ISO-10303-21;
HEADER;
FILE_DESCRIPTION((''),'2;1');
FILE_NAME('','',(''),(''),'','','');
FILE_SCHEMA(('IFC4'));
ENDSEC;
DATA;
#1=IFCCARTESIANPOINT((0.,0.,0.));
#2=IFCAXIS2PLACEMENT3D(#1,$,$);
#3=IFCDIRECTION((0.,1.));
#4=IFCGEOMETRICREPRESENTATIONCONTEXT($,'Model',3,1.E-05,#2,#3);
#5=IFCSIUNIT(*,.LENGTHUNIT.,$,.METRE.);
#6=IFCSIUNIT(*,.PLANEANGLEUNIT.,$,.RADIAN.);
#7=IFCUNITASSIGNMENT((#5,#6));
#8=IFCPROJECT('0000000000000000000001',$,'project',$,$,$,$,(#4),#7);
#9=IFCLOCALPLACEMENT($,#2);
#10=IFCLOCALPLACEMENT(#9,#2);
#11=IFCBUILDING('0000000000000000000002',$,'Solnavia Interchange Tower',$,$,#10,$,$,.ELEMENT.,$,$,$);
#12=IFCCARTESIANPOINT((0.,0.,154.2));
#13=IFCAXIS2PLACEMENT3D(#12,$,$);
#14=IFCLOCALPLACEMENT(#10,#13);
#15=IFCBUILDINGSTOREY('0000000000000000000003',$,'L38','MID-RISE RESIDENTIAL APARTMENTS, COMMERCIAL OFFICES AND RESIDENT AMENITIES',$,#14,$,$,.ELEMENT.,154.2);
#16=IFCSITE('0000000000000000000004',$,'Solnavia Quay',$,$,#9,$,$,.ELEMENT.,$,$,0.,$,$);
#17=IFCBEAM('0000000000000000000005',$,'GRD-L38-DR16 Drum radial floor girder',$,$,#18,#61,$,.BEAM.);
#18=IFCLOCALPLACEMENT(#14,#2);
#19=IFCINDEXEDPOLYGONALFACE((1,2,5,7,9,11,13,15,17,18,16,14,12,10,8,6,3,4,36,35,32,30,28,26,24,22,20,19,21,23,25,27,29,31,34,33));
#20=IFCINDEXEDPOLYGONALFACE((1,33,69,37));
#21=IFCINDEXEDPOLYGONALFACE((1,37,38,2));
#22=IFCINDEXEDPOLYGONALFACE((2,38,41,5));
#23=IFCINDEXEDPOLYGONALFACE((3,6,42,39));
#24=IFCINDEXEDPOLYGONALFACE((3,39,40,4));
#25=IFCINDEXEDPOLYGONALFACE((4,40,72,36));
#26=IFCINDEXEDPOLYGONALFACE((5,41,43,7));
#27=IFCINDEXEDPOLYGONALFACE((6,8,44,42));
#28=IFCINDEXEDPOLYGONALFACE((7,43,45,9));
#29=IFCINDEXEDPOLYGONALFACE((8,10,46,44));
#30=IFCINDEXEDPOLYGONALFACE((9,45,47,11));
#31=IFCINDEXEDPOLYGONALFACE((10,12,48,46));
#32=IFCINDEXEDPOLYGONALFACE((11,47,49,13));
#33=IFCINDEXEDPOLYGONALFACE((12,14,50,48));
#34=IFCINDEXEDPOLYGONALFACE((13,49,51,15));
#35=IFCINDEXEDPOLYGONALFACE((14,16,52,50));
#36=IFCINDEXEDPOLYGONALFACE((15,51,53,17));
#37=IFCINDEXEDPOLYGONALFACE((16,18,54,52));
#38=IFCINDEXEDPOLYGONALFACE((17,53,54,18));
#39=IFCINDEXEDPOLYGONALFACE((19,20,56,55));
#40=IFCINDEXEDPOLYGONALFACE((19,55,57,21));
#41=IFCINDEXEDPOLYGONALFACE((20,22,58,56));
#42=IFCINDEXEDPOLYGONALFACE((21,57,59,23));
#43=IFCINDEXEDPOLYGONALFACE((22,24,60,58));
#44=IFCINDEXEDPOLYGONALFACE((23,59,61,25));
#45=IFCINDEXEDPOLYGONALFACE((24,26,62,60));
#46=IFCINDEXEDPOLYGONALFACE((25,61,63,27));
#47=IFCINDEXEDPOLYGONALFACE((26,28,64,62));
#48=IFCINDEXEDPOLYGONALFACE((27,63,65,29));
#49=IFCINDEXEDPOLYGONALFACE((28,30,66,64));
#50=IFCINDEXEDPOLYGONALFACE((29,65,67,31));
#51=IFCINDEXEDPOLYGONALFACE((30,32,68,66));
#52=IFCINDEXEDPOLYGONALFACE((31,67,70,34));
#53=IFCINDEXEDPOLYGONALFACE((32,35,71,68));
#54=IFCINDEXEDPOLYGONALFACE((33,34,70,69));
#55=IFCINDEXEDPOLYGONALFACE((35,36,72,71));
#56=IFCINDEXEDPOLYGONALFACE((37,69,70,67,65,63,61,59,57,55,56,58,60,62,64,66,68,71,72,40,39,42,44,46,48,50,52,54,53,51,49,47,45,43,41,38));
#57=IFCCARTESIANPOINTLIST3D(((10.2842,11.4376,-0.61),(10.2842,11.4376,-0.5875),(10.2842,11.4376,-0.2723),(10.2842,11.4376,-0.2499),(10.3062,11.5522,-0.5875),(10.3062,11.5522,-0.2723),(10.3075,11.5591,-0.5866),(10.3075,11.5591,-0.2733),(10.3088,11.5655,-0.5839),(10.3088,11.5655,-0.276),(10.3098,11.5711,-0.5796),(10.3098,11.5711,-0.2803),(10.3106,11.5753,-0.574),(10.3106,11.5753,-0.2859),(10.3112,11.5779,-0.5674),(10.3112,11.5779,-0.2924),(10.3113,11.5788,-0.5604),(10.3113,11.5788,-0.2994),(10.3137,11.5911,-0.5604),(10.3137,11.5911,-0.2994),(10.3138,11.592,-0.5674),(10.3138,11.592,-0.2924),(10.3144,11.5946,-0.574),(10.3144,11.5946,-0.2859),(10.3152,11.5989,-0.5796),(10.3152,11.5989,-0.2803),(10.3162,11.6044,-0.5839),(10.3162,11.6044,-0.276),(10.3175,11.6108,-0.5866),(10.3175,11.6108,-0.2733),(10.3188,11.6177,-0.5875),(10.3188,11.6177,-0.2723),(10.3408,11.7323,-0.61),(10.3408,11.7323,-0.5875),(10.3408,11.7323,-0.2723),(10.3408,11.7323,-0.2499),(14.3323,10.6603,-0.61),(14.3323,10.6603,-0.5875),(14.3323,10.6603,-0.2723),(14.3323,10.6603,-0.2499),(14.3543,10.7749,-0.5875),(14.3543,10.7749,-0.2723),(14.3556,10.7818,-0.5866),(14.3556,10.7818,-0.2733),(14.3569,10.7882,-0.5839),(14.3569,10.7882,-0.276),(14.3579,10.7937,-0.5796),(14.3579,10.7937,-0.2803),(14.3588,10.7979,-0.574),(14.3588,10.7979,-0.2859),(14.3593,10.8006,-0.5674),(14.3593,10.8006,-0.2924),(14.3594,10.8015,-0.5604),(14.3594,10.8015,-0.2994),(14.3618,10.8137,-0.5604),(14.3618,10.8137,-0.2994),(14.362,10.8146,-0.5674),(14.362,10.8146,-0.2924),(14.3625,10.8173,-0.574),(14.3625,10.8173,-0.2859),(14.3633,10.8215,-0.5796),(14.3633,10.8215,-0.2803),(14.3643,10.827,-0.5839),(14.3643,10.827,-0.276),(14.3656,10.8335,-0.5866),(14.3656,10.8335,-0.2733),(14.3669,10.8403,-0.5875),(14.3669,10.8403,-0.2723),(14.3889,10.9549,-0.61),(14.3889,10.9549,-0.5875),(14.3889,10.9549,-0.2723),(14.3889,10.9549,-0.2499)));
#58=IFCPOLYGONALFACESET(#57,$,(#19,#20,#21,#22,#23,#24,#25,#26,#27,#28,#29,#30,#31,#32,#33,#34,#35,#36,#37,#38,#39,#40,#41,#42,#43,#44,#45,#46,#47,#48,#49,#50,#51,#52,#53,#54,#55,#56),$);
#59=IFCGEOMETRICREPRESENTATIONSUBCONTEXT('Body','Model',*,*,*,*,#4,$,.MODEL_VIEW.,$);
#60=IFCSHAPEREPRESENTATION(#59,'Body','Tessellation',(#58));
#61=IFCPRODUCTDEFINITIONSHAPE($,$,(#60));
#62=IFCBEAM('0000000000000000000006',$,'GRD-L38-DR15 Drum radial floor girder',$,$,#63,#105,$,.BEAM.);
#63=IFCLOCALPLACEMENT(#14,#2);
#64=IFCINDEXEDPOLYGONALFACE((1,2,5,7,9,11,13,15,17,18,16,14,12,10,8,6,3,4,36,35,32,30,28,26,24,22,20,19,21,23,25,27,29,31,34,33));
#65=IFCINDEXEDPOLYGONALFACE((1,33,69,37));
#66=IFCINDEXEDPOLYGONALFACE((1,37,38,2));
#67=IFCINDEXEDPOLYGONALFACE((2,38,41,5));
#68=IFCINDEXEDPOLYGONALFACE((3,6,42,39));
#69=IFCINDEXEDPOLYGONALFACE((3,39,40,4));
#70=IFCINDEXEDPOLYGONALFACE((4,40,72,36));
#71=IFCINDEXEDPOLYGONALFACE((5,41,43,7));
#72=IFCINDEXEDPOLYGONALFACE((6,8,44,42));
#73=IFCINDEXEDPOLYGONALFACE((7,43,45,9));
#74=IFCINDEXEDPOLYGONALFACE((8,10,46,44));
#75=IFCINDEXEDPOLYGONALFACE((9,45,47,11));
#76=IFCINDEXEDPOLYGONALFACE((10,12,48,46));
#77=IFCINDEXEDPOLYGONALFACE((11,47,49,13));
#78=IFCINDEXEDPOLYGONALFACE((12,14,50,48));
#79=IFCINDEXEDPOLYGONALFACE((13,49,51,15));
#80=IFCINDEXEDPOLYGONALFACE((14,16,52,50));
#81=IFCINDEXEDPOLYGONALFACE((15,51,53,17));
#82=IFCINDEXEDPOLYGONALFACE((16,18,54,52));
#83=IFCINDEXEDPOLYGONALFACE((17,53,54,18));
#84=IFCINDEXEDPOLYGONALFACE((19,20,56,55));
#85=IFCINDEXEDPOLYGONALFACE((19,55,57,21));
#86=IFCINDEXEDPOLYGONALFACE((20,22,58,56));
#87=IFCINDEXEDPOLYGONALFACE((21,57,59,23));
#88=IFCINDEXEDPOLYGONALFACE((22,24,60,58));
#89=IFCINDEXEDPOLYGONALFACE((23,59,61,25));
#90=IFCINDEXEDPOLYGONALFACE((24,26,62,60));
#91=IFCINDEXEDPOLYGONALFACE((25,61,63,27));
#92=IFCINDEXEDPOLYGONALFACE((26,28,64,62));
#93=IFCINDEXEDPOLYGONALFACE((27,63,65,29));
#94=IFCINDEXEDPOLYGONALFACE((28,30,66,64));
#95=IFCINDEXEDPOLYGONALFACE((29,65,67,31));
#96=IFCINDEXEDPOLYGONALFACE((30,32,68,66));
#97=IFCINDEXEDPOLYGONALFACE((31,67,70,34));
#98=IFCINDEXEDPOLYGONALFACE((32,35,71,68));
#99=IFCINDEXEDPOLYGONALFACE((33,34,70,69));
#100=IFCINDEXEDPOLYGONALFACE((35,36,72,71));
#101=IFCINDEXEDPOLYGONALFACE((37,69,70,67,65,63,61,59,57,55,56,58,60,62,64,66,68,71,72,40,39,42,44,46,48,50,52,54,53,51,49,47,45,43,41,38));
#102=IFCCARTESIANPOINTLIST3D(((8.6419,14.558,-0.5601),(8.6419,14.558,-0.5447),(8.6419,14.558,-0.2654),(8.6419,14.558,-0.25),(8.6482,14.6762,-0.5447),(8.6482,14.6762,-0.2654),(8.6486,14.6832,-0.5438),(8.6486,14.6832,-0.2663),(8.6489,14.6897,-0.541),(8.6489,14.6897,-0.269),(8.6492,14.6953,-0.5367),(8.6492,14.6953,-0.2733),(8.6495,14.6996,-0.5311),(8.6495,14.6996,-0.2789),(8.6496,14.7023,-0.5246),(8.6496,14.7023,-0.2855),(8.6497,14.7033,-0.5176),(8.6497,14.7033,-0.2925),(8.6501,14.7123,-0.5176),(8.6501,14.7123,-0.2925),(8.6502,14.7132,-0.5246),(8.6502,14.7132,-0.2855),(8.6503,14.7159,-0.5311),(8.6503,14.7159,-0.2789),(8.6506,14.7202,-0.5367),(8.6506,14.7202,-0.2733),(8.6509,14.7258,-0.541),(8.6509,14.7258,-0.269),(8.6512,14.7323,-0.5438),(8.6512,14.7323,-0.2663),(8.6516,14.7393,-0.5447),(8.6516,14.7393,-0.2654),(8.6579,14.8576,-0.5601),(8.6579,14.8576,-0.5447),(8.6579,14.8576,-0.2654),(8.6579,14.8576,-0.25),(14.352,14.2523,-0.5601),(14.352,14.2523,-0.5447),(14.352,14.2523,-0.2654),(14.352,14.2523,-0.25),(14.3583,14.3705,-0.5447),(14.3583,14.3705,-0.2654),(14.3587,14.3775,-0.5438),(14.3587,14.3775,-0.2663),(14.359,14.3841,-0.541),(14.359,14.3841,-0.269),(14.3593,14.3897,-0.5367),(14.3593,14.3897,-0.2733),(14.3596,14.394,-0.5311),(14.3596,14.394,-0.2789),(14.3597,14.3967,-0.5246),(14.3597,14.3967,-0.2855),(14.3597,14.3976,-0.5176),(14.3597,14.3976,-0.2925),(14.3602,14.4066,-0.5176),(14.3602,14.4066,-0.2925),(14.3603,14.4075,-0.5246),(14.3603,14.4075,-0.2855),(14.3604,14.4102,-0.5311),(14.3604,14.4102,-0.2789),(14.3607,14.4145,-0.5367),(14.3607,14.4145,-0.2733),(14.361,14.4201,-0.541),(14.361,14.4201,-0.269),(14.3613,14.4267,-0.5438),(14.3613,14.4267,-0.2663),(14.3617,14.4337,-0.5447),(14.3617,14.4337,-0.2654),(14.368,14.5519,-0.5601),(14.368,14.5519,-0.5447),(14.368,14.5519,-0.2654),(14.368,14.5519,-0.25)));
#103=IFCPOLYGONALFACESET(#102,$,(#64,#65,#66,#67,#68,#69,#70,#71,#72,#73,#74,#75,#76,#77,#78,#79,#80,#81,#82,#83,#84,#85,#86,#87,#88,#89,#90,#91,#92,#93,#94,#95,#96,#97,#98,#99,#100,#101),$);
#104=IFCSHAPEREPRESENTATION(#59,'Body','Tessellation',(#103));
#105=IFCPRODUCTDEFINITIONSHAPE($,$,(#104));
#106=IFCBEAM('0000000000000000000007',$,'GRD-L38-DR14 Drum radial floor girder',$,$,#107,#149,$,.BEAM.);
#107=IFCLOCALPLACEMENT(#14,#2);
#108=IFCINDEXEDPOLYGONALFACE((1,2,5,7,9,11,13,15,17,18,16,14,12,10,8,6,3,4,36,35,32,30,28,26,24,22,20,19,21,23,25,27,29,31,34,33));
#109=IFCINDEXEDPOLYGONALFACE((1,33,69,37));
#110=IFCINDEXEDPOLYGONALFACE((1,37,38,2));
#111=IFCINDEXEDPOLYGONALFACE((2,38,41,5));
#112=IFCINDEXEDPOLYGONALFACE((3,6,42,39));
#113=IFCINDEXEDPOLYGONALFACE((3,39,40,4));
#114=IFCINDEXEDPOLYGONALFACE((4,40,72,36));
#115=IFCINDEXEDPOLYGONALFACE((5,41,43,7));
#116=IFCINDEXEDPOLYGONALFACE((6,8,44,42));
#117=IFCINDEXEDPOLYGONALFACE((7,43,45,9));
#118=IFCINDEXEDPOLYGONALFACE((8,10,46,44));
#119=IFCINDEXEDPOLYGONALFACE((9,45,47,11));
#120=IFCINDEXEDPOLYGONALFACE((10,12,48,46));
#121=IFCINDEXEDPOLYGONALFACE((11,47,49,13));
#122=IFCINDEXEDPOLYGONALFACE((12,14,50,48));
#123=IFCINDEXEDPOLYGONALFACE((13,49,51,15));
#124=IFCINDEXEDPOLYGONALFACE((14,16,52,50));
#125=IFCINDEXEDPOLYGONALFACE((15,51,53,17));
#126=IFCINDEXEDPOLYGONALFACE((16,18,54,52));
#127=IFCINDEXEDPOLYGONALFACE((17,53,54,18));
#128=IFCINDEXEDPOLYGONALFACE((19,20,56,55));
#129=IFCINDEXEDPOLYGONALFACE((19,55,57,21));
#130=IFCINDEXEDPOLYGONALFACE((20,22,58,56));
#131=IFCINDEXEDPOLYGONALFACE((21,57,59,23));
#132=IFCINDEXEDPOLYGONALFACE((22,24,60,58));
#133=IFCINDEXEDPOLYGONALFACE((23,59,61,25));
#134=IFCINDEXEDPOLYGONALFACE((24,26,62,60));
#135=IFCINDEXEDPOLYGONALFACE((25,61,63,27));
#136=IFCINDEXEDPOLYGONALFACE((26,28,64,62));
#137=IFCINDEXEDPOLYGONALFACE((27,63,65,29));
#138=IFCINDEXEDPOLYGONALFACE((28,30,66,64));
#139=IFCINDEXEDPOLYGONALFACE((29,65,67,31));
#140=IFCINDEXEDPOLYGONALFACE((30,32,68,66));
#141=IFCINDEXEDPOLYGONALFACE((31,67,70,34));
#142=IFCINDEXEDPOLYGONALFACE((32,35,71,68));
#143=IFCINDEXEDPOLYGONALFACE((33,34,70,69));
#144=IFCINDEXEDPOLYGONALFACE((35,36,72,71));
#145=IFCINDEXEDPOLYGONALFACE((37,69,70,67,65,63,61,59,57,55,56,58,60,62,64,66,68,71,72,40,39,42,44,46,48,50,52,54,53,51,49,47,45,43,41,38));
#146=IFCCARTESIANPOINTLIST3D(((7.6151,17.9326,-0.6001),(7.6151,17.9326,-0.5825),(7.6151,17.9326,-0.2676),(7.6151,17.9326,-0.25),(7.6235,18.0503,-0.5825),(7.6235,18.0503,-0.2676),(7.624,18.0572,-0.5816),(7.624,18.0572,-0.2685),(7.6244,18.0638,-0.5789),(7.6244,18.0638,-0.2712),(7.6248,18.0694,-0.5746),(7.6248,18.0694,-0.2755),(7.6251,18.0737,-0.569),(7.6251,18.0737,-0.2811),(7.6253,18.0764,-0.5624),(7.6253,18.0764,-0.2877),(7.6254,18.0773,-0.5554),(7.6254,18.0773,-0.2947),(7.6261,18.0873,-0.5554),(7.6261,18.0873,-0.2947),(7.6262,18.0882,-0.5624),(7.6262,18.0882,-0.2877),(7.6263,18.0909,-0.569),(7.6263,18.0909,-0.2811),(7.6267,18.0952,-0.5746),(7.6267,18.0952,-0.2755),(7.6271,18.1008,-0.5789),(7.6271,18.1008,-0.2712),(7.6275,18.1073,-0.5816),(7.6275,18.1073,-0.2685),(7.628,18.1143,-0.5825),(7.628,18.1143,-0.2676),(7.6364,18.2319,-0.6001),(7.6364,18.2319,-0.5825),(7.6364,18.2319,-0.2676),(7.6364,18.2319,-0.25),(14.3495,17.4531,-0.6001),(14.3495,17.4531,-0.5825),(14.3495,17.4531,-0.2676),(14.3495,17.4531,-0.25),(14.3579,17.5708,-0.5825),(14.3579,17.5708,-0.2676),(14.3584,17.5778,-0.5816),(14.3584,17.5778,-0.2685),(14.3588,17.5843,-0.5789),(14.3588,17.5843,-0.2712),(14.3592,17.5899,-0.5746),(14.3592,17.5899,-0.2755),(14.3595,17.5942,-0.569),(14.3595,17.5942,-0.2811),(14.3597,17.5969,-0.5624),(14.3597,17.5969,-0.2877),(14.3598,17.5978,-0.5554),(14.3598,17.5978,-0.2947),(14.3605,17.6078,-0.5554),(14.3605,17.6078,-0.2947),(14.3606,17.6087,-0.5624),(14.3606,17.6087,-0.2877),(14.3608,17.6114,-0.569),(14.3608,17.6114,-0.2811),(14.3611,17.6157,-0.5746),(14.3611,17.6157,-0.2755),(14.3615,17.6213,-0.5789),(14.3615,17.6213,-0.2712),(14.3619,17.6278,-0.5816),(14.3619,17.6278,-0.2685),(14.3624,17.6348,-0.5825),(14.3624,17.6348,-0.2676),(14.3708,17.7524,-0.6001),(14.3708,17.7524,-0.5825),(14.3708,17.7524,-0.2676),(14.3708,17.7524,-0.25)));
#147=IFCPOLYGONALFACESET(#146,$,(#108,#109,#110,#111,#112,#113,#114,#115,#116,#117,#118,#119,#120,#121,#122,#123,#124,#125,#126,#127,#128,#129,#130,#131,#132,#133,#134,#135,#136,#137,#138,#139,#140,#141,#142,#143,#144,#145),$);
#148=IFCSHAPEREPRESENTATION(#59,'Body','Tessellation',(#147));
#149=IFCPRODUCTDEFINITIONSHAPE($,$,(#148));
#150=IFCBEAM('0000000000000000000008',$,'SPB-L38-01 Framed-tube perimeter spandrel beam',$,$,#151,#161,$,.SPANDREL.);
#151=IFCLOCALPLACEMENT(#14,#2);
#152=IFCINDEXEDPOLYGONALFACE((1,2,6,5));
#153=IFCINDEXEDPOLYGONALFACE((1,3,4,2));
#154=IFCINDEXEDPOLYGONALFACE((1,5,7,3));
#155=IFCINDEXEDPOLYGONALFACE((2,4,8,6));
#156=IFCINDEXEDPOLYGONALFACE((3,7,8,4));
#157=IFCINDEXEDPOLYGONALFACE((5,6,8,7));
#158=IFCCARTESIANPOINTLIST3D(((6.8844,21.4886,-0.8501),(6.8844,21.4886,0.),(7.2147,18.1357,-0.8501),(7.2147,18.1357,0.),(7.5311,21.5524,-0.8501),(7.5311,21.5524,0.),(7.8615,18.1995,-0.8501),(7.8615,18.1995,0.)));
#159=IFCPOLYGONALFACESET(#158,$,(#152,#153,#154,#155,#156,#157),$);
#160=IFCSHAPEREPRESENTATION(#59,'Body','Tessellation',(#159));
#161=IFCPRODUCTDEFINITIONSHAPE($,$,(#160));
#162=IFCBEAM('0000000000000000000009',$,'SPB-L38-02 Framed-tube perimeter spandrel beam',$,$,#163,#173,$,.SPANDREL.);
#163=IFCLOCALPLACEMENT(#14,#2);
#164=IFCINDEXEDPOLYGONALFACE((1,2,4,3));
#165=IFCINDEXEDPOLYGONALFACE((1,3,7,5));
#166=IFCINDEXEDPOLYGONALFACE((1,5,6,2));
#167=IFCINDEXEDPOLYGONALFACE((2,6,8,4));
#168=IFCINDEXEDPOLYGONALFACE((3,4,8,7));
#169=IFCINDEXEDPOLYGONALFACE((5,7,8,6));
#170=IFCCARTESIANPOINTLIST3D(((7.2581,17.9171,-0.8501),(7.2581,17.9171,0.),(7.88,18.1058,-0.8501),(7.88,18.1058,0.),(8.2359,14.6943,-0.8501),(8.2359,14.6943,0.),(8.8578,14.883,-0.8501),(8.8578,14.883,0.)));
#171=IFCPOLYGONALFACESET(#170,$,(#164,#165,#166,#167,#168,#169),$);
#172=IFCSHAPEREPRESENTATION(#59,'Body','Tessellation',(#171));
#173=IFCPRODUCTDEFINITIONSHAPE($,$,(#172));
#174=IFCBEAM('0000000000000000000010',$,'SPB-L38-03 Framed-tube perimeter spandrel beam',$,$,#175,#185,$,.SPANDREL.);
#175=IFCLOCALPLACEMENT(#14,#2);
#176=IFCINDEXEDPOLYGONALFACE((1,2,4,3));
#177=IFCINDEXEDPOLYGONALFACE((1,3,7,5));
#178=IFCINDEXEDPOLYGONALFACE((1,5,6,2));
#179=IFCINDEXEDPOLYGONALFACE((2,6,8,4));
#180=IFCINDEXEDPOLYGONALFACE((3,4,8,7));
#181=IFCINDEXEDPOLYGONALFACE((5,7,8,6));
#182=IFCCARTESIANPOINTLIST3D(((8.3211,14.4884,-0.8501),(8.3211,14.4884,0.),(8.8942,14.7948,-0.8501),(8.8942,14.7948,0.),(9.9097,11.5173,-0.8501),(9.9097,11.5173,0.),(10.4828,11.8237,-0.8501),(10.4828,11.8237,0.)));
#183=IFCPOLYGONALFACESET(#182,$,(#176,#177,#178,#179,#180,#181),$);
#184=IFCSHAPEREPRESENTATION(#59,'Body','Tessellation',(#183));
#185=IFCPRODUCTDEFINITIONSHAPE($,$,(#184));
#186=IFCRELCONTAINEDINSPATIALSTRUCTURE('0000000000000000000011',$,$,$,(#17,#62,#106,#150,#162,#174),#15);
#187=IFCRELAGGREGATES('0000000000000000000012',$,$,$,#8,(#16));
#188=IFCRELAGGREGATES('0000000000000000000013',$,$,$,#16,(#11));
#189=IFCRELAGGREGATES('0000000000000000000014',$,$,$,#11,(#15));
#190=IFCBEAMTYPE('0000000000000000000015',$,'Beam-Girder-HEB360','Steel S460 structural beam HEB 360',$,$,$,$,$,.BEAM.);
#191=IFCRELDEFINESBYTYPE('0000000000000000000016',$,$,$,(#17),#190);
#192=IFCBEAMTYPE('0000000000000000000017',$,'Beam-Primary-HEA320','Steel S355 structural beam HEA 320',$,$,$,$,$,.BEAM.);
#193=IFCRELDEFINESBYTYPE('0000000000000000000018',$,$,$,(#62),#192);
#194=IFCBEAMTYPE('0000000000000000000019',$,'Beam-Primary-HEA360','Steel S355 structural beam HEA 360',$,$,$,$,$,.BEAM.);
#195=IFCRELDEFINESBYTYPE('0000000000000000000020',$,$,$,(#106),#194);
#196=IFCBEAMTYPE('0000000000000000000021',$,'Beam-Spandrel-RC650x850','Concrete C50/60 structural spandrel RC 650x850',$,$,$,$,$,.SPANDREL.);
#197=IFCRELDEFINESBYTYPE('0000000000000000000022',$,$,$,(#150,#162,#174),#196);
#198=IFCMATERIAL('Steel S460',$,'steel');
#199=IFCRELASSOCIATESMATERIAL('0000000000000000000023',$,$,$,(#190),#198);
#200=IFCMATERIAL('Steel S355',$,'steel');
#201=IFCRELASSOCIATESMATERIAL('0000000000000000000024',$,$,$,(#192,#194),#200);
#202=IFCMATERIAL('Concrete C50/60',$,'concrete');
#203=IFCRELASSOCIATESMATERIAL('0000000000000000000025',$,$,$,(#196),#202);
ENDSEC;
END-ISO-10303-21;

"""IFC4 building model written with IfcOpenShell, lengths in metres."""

from ifc_helpers import new_model, si_unit, direction, frame, origin, origin_2d, place, context, subcontext, project, spatial, rectangle, i_section, extrude, material, material_profile, profile_set, type_object, element, save


model = new_model("IFC4")

# Units and contexts
model_context = context("Model", 3, precision=1e-05, world=origin(), true_north=direction((0.0, 1.0)))
body_context = subcontext(model_context, "Body", "Model", "MODEL_VIEW")
ifc_project = project(units=[si_unit("LENGTHUNIT", "METRE"), si_unit("PLANEANGLEUNIT", "RADIAN")], contexts=[model_context])

# Site, building, storey
site_placement = place(None, origin())
site = spatial("IfcSite", under=ifc_project, at=site_placement, Name="Solnavia Quay", CompositionType="ELEMENT", RefElevation=0.0)
building_placement = place(site_placement, origin())
building = spatial("IfcBuilding", under=site, at=building_placement, Name="Solnavia Interchange Tower", CompositionType="ELEMENT")
storey_placement = place(building_placement, frame((0.0, 0.0, 154.2)))
storey = spatial("IfcBuildingStorey", under=building, at=storey_placement, Name="L38", Description="MID-RISE RESIDENTIAL APARTMENTS, COMMERCIAL OFFICES AND RESIDENT AMENITIES", CompositionType="ELEMENT", Elevation=154.2)

# Shared definitions
ifc_material_1 = material(Name="Concrete C50/60", Category="concrete")

# Beams
ifc_material_2 = material(Name="Steel S460", Category="steel")
ifc_material_profile_1 = material_profile(ifc_material_2, i_section(OverallWidth=0.3, OverallDepth=0.3601, WebThickness=0.0125, FlangeThickness=0.0225, FilletRadius=0.0271, at=origin_2d()), Name="HEB 360")
ifc_profile_set_1 = profile_set([ifc_material_profile_1], Name="Steel S460")
beam_type_1 = type_object("IfcBeamType", Name="Beam-Girder-HEB360", Description="Steel S460 structural beam HEB 360", PredefinedType="BEAM", material=ifc_profile_set_1)
beam_1_placement = place(storey_placement, frame((10.3125, 11.585, -0.4299), z_axis=(0.982058, -0.188582, 0.0), x_axis=(0.188582, 0.982058, 0.0)))
element("IfcBeam", 1, at=beam_1_placement, inside=storey, type_object=beam_type_1, Name="GRD-L38-DR16 Drum radial floor girder", PredefinedType="BEAM", context=body_context, shape_type="SweptSolid", body=[
    extrude(i_section(OverallWidth=0.3, OverallDepth=0.3601, WebThickness=0.0125, FlangeThickness=0.0225, FilletRadius=0.0271, at=origin_2d()), origin(), (0.0, 0.0, 1.0), 4.1221),
])
ifc_material_3 = material(Name="Steel S355", Category="steel")
ifc_material_profile_2 = material_profile(ifc_material_3, i_section(OverallWidth=0.3, OverallDepth=0.3101, WebThickness=0.009, FlangeThickness=0.0154, FilletRadius=0.0271, at=origin_2d()), Name="HEA 320")
ifc_profile_set_2 = profile_set([ifc_material_profile_2], Name="Steel S355")
beam_type_2 = type_object("IfcBeamType", Name="Beam-Primary-HEA320", Description="Steel S355 structural beam HEA 320", PredefinedType="BEAM", material=ifc_profile_set_2)
beam_2_placement = place(storey_placement, frame((8.6499, 14.7078, -0.405), z_axis=(0.99857, -0.053453, 0.0), x_axis=(0.053453, 0.99857, 0.0)))
element("IfcBeam", 2, at=beam_2_placement, inside=storey, type_object=beam_type_2, Name="GRD-L38-DR15 Drum radial floor girder", PredefinedType="BEAM", context=body_context, shape_type="SweptSolid", body=[
    extrude(i_section(OverallWidth=0.3, OverallDepth=0.3101, WebThickness=0.009, FlangeThickness=0.0154, FilletRadius=0.0271, at=origin_2d()), origin(), (0.0, 0.0, 1.0), 5.7183),
])
ifc_material_profile_3 = material_profile(ifc_material_3, i_section(OverallWidth=0.3, OverallDepth=0.3501, WebThickness=0.01, FlangeThickness=0.0176, FilletRadius=0.0271, at=origin_2d()), Name="HEA 360")
ifc_profile_set_3 = profile_set([ifc_material_profile_3], Name="Steel S355")
beam_type_3 = type_object("IfcBeamType", Name="Beam-Primary-HEA360", Description="Steel S355 structural beam HEA 360", PredefinedType="BEAM", material=ifc_profile_set_3)
beam_3_placement = place(storey_placement, frame((7.6257, 18.0823, -0.425), z_axis=(0.997475, -0.071021, 0.0), x_axis=(0.071021, 0.997475, 0.0)))
element("IfcBeam", 3, at=beam_3_placement, inside=storey, type_object=beam_type_3, Name="GRD-L38-DR14 Drum radial floor girder", PredefinedType="BEAM", context=body_context, shape_type="SweptSolid", body=[
    extrude(i_section(OverallWidth=0.3, OverallDepth=0.3501, WebThickness=0.01, FlangeThickness=0.0176, FilletRadius=0.0271, at=origin_2d()), origin(), (0.0, 0.0, 1.0), 6.7515),
])
ifc_material_profile_4 = material_profile(ifc_material_1, rectangle(XDim=0.6499, YDim=0.8501, at=origin_2d()), Name="RC 650x850")
ifc_profile_set_4 = profile_set([ifc_material_profile_4], Name="Concrete C50/60")
beam_type_4 = type_object("IfcBeamType", Name="Beam-Spandrel-RC650x850", Description="Concrete C50/60 structural spandrel RC 650x850", PredefinedType="SPANDREL", material=ifc_profile_set_4)
beam_4_placement = place(storey_placement, frame((7.2078, 21.5205, -0.425), z_axis=(0.09804, -0.995182, 0.0), x_axis=(0.995182, 0.09804, 0.0)))
element("IfcBeam", 4, at=beam_4_placement, inside=storey, type_object=beam_type_4, Name="SPB-L38-01 Framed-tube perimeter spandrel beam", PredefinedType="SPANDREL", context=body_context, shape_type="SweptSolid", body=[
    extrude(rectangle(XDim=0.6499, YDim=0.8501, at=origin_2d()), origin(), (0.0, 0.0, 1.0), 3.3691),
])
beam_5_placement = place(storey_placement, frame((7.5691, 18.0115, -0.425), z_axis=(0.290319, -0.95693, 0.0), x_axis=(0.95693, 0.290319, 0.0)))
element("IfcBeam", 5, at=beam_5_placement, inside=storey, type_object=beam_type_4, Name="SPB-L38-02 Framed-tube perimeter spandrel beam", PredefinedType="SPANDREL", context=body_context, shape_type="SweptSolid", body=[
    extrude(rectangle(XDim=0.6499, YDim=0.8501, at=origin_2d()), origin(), (0.0, 0.0, 1.0), 3.3679),
])
beam_6_placement = place(storey_placement, frame((8.6077, 14.6416, -0.425), z_axis=(0.471509, -0.881861, 0.0), x_axis=(0.881861, 0.471509, 0.0)))
element("IfcBeam", 6, at=beam_6_placement, inside=storey, type_object=beam_type_4, Name="SPB-L38-03 Framed-tube perimeter spandrel beam", PredefinedType="SPANDREL", context=body_context, shape_type="SweptSolid", body=[
    extrude(rectangle(XDim=0.6499, YDim=0.8501, at=origin_2d()), origin(), (0.0, 0.0, 1.0), 3.3691),
])

save(model, "model.ifc")
